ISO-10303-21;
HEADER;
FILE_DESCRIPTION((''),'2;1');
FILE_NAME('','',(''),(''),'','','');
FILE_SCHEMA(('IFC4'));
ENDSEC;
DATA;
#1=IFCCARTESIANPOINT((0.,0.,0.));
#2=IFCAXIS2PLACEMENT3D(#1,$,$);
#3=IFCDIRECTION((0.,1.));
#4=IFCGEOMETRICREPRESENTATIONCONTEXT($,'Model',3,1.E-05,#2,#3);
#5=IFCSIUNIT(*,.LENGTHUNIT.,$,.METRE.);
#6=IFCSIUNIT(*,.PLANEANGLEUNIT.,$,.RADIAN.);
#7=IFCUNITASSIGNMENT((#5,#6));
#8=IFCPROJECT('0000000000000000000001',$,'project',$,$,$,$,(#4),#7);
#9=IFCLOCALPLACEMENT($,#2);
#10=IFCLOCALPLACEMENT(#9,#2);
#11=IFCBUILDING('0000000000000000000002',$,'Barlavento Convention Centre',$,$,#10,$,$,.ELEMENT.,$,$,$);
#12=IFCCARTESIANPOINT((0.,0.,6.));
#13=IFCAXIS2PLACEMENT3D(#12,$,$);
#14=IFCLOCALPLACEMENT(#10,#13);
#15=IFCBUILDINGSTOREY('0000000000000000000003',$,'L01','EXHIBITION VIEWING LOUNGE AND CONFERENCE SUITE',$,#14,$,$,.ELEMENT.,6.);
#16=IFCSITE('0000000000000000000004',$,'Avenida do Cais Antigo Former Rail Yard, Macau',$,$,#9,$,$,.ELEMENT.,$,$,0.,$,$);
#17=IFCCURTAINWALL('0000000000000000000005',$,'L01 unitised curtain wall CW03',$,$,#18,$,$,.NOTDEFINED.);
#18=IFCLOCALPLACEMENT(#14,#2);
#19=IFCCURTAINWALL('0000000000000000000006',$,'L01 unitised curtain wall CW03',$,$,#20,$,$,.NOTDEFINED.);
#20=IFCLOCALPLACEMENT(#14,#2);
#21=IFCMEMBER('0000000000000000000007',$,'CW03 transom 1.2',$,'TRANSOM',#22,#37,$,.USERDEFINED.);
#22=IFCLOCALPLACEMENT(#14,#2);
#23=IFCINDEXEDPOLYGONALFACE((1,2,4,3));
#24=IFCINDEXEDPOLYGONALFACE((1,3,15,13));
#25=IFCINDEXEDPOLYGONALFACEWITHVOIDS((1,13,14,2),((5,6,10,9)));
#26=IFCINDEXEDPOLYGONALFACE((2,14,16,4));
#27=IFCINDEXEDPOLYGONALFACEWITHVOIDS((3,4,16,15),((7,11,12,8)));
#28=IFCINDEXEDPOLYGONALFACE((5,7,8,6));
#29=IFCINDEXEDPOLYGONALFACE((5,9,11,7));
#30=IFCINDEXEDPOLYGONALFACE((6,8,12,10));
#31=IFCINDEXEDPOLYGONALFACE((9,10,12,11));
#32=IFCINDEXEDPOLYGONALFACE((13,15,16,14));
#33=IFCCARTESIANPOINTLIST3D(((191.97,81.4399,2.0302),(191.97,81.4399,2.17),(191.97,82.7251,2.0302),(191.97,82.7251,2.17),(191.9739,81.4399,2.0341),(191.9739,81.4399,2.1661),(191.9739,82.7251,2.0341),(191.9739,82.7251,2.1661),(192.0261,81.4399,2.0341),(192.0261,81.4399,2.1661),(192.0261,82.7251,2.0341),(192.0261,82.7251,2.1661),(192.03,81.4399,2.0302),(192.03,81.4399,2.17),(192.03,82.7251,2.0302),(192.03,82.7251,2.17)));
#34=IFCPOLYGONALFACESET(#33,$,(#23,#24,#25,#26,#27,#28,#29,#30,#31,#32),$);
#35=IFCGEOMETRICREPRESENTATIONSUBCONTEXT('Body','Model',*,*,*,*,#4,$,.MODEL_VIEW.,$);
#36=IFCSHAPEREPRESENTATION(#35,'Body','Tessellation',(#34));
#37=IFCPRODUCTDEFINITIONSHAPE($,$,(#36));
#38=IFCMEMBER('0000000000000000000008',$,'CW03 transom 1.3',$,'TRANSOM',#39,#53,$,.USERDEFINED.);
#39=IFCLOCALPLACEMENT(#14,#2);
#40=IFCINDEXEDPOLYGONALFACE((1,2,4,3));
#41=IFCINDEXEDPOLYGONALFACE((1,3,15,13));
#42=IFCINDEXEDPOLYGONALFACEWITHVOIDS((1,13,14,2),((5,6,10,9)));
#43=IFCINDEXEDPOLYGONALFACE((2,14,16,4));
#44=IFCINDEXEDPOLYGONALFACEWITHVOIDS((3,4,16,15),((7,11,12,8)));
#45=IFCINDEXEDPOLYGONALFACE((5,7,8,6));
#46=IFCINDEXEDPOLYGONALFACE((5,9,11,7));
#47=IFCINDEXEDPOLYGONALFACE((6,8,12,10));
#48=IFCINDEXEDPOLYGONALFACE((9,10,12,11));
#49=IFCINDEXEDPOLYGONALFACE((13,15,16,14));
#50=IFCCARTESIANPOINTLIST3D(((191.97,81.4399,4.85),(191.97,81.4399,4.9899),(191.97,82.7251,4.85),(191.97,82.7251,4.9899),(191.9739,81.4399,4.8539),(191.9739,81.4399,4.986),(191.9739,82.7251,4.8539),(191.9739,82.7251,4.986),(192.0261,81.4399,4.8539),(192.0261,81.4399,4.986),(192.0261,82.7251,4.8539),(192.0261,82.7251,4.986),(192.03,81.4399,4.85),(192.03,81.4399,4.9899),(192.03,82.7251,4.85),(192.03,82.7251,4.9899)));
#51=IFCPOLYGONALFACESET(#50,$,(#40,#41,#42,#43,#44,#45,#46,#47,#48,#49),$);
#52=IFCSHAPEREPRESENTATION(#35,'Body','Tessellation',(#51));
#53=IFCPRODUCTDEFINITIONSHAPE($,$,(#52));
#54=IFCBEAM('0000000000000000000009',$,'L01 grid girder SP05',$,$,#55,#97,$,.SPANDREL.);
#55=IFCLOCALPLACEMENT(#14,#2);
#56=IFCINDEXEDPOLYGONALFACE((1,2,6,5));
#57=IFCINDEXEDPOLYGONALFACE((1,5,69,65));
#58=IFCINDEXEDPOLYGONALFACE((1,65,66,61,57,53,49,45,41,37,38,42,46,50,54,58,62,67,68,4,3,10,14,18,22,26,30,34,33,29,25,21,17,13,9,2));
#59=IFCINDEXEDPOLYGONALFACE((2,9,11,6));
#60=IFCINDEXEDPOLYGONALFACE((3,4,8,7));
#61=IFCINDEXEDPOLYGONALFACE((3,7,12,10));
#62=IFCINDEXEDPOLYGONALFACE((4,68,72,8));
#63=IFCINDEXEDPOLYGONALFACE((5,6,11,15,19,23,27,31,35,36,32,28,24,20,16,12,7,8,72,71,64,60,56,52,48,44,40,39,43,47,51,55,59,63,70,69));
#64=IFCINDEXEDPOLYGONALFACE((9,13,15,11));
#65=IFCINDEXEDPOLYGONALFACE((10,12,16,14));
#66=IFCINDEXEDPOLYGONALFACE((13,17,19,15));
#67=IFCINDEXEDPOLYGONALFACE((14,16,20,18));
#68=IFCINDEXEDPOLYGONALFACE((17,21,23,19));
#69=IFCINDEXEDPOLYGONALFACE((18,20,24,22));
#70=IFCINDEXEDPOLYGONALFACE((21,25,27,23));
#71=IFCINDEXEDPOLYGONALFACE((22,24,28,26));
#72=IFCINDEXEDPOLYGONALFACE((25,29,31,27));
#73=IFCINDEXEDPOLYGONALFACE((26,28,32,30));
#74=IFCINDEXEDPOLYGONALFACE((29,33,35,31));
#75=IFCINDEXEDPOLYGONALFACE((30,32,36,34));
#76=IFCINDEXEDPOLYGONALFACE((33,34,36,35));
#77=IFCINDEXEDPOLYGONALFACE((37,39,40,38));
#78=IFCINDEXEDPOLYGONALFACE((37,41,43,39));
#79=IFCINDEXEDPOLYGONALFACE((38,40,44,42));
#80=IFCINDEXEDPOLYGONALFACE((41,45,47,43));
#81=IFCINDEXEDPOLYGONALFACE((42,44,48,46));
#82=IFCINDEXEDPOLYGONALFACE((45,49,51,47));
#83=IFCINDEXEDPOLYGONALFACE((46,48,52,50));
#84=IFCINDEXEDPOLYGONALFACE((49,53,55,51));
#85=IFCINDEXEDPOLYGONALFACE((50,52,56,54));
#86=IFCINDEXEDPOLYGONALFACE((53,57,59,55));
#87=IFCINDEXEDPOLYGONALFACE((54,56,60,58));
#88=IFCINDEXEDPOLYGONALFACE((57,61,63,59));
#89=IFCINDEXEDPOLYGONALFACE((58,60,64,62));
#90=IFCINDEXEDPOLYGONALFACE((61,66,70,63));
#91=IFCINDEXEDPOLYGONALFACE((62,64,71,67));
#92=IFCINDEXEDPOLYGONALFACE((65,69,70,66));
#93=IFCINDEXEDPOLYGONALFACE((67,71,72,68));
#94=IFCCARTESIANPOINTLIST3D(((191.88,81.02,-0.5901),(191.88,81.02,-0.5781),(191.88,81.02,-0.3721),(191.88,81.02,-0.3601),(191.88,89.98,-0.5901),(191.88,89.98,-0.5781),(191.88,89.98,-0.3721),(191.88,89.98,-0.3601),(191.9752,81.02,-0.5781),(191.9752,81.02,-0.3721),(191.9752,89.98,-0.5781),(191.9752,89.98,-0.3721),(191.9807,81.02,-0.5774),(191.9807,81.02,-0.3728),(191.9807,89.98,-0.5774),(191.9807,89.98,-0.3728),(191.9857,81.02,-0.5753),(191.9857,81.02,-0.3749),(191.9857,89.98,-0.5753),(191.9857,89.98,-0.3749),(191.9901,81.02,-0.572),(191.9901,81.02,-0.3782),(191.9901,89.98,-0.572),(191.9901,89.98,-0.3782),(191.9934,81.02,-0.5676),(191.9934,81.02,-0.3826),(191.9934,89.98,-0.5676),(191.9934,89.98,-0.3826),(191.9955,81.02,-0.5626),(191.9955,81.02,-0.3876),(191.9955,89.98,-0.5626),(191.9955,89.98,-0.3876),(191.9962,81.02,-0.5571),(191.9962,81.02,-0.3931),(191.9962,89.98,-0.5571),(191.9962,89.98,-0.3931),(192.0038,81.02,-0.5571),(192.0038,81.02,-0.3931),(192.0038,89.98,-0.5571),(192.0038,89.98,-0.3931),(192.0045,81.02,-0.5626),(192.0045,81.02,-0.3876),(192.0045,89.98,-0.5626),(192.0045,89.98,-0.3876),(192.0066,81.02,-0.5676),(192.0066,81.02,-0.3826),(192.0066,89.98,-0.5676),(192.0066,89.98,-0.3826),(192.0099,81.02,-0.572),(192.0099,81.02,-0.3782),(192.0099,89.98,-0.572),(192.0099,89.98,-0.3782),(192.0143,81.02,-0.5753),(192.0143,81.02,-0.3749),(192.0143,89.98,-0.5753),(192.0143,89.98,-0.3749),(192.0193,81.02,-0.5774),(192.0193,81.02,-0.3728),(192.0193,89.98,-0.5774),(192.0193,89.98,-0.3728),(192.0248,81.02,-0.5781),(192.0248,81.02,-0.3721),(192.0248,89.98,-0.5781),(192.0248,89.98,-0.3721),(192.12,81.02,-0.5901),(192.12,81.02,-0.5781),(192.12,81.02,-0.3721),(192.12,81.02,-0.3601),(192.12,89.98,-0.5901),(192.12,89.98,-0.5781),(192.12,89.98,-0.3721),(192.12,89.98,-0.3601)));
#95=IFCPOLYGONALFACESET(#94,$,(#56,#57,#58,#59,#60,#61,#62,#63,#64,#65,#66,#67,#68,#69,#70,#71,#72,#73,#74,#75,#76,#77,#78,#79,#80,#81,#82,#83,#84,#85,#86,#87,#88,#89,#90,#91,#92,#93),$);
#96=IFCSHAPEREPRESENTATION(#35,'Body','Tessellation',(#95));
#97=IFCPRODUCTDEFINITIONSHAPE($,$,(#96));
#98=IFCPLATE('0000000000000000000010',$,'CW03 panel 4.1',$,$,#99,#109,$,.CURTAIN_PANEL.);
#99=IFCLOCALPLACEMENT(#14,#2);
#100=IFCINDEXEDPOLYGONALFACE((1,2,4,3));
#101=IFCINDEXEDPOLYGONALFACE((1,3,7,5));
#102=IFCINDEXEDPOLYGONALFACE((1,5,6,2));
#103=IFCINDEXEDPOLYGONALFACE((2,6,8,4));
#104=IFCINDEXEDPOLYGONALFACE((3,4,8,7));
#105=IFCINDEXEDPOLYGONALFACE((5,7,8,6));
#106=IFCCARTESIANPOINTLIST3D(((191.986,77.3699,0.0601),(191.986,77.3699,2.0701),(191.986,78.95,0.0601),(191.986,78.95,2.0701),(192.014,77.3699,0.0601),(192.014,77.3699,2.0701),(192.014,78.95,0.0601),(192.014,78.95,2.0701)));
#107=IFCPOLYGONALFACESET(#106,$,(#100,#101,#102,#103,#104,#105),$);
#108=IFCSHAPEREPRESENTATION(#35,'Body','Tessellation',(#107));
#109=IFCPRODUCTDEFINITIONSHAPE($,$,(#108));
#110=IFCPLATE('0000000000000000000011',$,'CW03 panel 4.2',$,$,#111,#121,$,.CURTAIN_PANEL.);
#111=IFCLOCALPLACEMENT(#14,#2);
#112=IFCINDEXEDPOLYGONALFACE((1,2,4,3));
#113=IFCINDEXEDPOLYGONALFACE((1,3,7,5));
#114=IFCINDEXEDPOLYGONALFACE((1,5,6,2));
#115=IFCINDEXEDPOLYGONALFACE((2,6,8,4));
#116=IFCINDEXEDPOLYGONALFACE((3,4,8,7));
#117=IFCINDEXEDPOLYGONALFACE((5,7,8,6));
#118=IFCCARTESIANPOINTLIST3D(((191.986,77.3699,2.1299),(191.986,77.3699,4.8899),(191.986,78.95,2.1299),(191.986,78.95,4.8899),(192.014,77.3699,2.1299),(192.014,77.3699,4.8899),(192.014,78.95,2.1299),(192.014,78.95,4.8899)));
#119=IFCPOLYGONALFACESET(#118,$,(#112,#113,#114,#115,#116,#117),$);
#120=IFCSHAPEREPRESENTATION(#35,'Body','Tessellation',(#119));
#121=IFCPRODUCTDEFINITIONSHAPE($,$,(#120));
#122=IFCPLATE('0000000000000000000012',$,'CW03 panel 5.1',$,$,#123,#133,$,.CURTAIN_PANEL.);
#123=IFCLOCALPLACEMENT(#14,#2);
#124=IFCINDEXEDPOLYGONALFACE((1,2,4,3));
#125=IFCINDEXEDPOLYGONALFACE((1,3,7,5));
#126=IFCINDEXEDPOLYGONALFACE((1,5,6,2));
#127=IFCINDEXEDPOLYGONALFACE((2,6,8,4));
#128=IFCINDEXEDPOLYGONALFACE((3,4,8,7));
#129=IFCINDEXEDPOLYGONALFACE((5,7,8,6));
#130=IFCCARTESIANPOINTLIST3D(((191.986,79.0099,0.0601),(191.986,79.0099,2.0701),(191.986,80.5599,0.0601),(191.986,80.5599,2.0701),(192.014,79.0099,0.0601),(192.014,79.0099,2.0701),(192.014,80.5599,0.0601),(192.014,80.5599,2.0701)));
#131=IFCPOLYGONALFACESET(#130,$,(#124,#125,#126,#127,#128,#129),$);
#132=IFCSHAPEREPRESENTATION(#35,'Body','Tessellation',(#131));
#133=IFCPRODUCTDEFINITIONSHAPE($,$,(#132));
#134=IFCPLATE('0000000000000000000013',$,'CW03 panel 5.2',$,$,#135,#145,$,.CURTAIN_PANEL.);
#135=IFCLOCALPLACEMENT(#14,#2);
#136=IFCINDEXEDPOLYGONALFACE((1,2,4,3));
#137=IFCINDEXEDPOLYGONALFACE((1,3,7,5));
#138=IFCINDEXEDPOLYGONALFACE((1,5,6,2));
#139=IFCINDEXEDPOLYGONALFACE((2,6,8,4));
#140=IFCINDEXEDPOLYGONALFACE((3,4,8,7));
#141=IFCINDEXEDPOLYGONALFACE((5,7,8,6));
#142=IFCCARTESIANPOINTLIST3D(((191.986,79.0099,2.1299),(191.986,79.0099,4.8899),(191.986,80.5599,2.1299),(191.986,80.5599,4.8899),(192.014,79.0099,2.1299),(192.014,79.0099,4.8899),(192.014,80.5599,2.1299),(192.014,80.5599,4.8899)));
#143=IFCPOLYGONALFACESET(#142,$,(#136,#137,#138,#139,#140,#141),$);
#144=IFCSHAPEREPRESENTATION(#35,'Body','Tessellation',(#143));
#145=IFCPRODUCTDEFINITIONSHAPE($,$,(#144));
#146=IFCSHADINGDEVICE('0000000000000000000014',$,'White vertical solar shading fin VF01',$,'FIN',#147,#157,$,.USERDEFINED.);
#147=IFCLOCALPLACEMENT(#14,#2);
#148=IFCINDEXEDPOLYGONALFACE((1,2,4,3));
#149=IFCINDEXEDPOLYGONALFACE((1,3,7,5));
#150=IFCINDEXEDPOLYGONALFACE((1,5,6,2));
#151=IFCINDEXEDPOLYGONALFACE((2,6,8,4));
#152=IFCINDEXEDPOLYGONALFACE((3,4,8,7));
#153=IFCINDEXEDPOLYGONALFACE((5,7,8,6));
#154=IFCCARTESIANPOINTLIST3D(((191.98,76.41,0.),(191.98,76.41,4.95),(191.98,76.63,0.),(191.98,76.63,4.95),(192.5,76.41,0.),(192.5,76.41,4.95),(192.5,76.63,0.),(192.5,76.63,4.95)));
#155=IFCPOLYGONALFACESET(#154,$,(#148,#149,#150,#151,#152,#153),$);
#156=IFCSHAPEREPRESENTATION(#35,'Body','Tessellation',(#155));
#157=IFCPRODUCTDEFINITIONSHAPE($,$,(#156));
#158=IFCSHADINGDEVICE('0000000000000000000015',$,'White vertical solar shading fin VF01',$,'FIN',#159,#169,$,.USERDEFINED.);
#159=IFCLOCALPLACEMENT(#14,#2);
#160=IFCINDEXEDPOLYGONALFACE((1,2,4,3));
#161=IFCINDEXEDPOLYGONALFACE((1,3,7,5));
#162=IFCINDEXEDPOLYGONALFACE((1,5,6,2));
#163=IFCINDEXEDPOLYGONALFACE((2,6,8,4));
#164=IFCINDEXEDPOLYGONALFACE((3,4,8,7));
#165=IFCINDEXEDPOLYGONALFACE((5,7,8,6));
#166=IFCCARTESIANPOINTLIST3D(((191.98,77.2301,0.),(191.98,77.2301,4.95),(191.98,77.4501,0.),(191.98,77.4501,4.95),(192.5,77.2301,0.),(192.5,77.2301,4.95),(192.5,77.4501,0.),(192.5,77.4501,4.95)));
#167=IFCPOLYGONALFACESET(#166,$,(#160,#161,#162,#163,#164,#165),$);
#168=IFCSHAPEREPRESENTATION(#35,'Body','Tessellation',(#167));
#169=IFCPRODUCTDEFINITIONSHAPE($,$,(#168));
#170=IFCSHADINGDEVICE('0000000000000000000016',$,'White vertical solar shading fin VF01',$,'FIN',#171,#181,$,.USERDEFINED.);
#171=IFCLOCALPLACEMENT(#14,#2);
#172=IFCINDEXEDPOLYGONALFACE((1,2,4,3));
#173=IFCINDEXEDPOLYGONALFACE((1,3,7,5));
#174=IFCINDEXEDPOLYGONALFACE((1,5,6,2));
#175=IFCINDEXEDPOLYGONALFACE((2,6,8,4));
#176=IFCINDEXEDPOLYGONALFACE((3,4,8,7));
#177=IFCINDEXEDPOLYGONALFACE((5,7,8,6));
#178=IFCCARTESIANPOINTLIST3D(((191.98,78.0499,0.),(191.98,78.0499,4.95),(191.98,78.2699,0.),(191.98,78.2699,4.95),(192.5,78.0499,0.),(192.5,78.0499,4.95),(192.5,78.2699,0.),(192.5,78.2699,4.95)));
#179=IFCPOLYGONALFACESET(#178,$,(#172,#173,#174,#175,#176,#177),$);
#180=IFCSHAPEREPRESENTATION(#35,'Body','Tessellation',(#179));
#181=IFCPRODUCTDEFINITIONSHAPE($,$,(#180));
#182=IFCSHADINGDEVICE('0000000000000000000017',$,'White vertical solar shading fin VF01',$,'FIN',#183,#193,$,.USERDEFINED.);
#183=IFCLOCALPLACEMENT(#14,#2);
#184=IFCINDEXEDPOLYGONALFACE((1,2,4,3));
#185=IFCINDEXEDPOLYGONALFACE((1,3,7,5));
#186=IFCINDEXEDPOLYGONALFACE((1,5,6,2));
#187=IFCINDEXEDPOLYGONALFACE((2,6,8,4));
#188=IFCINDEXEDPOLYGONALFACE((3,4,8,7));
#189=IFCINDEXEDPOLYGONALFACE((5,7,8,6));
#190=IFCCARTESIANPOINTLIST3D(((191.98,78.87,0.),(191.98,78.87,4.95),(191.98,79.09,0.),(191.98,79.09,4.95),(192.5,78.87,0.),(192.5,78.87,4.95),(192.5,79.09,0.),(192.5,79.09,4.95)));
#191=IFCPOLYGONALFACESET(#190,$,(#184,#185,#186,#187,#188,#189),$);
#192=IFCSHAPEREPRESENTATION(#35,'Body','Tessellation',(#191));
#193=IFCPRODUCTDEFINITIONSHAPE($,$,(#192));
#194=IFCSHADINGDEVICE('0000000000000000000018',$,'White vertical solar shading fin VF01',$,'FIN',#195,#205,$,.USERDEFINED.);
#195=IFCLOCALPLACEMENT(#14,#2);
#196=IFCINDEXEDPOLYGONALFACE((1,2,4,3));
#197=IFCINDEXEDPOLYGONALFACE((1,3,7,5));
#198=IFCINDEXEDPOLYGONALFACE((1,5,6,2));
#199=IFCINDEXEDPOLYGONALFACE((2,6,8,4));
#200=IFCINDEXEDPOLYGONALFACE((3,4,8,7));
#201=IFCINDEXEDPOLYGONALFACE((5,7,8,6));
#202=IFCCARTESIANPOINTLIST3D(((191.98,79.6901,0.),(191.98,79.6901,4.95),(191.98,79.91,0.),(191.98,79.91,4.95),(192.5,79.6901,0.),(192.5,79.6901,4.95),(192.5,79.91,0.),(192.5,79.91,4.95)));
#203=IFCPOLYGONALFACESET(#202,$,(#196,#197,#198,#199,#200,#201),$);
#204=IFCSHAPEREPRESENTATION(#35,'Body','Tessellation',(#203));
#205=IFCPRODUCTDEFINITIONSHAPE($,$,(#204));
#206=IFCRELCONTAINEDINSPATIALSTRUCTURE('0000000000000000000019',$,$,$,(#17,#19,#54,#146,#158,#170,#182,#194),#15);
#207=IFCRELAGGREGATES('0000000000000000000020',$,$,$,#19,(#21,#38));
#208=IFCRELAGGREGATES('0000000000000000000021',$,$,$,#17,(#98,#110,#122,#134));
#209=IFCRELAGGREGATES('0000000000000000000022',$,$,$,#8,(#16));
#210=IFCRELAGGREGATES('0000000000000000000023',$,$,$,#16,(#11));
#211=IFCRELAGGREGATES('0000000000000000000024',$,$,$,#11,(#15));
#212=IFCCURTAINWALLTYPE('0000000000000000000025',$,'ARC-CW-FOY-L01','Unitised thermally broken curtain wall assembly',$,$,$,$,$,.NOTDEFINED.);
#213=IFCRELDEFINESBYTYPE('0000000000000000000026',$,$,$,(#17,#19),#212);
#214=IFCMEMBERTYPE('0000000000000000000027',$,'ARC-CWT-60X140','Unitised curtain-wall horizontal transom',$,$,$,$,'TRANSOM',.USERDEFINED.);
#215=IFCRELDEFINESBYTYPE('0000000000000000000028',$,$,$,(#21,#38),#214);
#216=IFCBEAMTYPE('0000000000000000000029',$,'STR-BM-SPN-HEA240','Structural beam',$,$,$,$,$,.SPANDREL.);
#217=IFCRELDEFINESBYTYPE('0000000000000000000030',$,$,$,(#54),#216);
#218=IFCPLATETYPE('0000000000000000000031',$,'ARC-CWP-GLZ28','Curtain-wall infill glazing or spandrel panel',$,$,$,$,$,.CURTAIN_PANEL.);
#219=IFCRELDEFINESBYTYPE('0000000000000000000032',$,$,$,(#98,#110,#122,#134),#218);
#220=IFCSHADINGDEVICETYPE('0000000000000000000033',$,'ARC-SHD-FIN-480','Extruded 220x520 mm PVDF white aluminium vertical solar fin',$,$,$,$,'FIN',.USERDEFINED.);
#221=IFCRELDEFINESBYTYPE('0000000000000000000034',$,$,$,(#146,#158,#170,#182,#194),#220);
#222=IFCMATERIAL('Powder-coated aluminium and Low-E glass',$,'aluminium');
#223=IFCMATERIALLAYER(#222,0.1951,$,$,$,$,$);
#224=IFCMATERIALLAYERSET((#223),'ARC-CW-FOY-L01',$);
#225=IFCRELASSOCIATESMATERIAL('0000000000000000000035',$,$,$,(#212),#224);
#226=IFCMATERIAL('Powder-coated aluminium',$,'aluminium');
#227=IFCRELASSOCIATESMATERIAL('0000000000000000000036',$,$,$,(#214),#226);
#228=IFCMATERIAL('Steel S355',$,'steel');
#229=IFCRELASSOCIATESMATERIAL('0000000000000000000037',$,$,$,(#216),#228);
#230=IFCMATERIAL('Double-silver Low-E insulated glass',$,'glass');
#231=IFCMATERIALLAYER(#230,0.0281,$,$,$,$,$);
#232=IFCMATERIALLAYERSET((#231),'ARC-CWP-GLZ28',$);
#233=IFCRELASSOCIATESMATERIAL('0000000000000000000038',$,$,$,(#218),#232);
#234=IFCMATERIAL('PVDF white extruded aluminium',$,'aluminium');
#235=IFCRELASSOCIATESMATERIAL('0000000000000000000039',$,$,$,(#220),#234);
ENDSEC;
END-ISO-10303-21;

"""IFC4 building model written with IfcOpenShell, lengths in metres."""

from ifc_helpers import new_model, si_unit, direction, frame, origin, origin_2d, place, context, subcontext, project, spatial, rectangle, hollow_rectangle, i_section, extrude, material, layer, layer_set, material_profile, profile_set, type_object, element, aggregate, save


model = new_model("IFC4")

# Units and contexts
model_context = context("Model", 3, precision=1e-05, world=origin(), true_north=direction((0.0, 1.0)))
body_context = subcontext(model_context, "Body", "Model", "MODEL_VIEW")
ifc_project = project(units=[si_unit("LENGTHUNIT", "METRE"), si_unit("PLANEANGLEUNIT", "RADIAN")], contexts=[model_context])

# Site, building, storey
site_placement = place(None, origin())
site = spatial("IfcSite", under=ifc_project, at=site_placement, Name="Avenida do Cais Antigo Former Rail Yard, Macau", CompositionType="ELEMENT", RefElevation=0.0)
building_placement = place(site_placement, origin())
building = spatial("IfcBuilding", under=site, at=building_placement, Name="Barlavento Convention Centre", CompositionType="ELEMENT")
storey_placement = place(building_placement, frame((0.0, 0.0, 6.0)))
storey = spatial("IfcBuildingStorey", under=building, at=storey_placement, Name="L01", Description="EXHIBITION VIEWING LOUNGE AND CONFERENCE SUITE", CompositionType="ELEMENT", Elevation=6.0)

# Shared definitions
ifc_material_1 = material(Name="Steel S355", Category="steel")

# Curtain wall
ifc_material_2 = material(Name="Powder-coated aluminium and Low-E glass", Category="aluminium")
ifc_layer_1 = layer(ifc_material_2, 0.1951)
ifc_layer_set_1 = layer_set([ifc_layer_1], Name="ARC-CW-FOY-L01")
curtain_wall_type = type_object("IfcCurtainWallType", Name="ARC-CW-FOY-L01", Description="Unitised thermally broken curtain wall assembly", PredefinedType="NOTDEFINED", material=ifc_layer_set_1)
curtain_wall_1_placement = place(storey_placement, origin())
curtain_wall_1 = element("IfcCurtainWall", 1, at=curtain_wall_1_placement, inside=storey, type_object=curtain_wall_type, Name="L01 unitised curtain wall CW03", PredefinedType="NOTDEFINED")
ifc_material_3 = material(Name="Powder-coated aluminium", Category="aluminium")

# Curtain wall
curtain_wall_2_placement = place(storey_placement, origin())
curtain_wall_2 = element("IfcCurtainWall", 2, at=curtain_wall_2_placement, inside=storey, type_object=curtain_wall_type, Name="L01 unitised curtain wall CW03", PredefinedType="NOTDEFINED")

# Members
ifc_material_profile_1 = material_profile(ifc_material_3, hollow_rectangle(XDim=0.0601, YDim=0.1399, WallThickness=0.0039, at=origin_2d()), Name="AL-TRAN 60x140x4")
ifc_profile_set_1 = profile_set([ifc_material_profile_1], Name="Powder-coated aluminium")
member_type_1 = type_object("IfcMemberType", Name="ARC-CWT-60X140", Description="Unitised curtain-wall horizontal transom", ElementType="TRANSOM", PredefinedType="USERDEFINED", material=ifc_profile_set_1)
member_1_placement = place(storey_placement, frame((192.0, 81.4399, 2.1001), z_axis=(0.0, 1.0, 0.0), x_axis=(-1.0, 0.0, 0.0)))
member_1 = element("IfcMember", 3, at=member_1_placement, type_object=member_type_1, Name="CW03 transom 1.2", ObjectType="TRANSOM", PredefinedType="USERDEFINED", context=body_context, shape_type="SweptSolid", body=[
    extrude(hollow_rectangle(XDim=0.0601, YDim=0.1399, WallThickness=0.0039, at=origin_2d()), origin(), (0.0, 0.0, 1.0), 1.2852),
])
member_2_placement = place(storey_placement, frame((192.0, 81.4399, 4.9199), z_axis=(0.0, 1.0, 0.0), x_axis=(-1.0, 0.0, 0.0)))
member_2 = element("IfcMember", 4, at=member_2_placement, type_object=member_type_1, Name="CW03 transom 1.3", ObjectType="TRANSOM", PredefinedType="USERDEFINED", context=body_context, shape_type="SweptSolid", body=[
    extrude(hollow_rectangle(XDim=0.0601, YDim=0.1399, WallThickness=0.0039, at=origin_2d()), origin(), (0.0, 0.0, 1.0), 1.2852),
])
aggregate(curtain_wall_2, [member_1, member_2])

# Beam
ifc_material_profile_2 = material_profile(ifc_material_1, i_section(OverallWidth=0.24, OverallDepth=0.23, WebThickness=0.0076, FlangeThickness=0.012, FilletRadius=0.021, at=origin_2d()), Name="HEA 240")
ifc_profile_set_2 = profile_set([ifc_material_profile_2], Name="Steel S355")
beam_type = type_object("IfcBeamType", Name="STR-BM-SPN-HEA240", Description="Structural beam", PredefinedType="SPANDREL", material=ifc_profile_set_2)
beam_placement = place(storey_placement, frame((192.0, 81.02, -0.4751), z_axis=(0.0, 1.0, 0.0), x_axis=(-1.0, 0.0, 0.0)))
element("IfcBeam", 5, at=beam_placement, inside=storey, type_object=beam_type, Name="L01 grid girder SP05", PredefinedType="SPANDREL", context=body_context, shape_type="SweptSolid", body=[
    extrude(i_section(OverallWidth=0.24, OverallDepth=0.23, WebThickness=0.0076, FlangeThickness=0.012, FilletRadius=0.021, at=origin_2d()), origin(), (0.0, 0.0, 1.0), 8.96),
])

# Plates
ifc_material_4 = material(Name="Double-silver Low-E insulated glass", Category="glass")
ifc_layer_2 = layer(ifc_material_4, 0.0281)
ifc_layer_set_2 = layer_set([ifc_layer_2], Name="ARC-CWP-GLZ28")
plate_type = type_object("IfcPlateType", Name="ARC-CWP-GLZ28", Description="Curtain-wall infill glazing or spandrel panel", PredefinedType="CURTAIN_PANEL", material=ifc_layer_set_2)
plate_1_placement = place(storey_placement, frame((192.0, 78.1599, 0.0601), z_axis=(0.0, 0.0, 1.0), x_axis=(0.0, 1.0, 0.0)))
plate_1 = element("IfcPlate", 6, at=plate_1_placement, type_object=plate_type, Name="CW03 panel 4.1", PredefinedType="CURTAIN_PANEL", context=body_context, shape_type="SweptSolid", body=[
    extrude(rectangle(XDim=1.5801, YDim=0.0281, at=origin_2d()), origin(), (0.0, 0.0, 1.0), 2.01),
])
plate_2_placement = place(storey_placement, frame((192.0, 78.1599, 2.1299), z_axis=(0.0, 0.0, 1.0), x_axis=(0.0, 1.0, 0.0)))
plate_2 = element("IfcPlate", 7, at=plate_2_placement, type_object=plate_type, Name="CW03 panel 4.2", PredefinedType="CURTAIN_PANEL", context=body_context, shape_type="SweptSolid", body=[
    extrude(rectangle(XDim=1.5801, YDim=0.0281, at=origin_2d()), origin(), (0.0, 0.0, 1.0), 2.76),
])
plate_3_placement = place(storey_placement, frame((192.0, 79.7849, 0.0601), z_axis=(0.0, 0.0, 1.0), x_axis=(0.0, 1.0, 0.0)))
plate_3 = element("IfcPlate", 8, at=plate_3_placement, type_object=plate_type, Name="CW03 panel 5.1", PredefinedType="CURTAIN_PANEL", context=body_context, shape_type="SweptSolid", body=[
    extrude(rectangle(XDim=1.55, YDim=0.0281, at=origin_2d()), origin(), (0.0, 0.0, 1.0), 2.01),
])
plate_4_placement = place(storey_placement, frame((192.0, 79.7849, 2.1299), z_axis=(0.0, 0.0, 1.0), x_axis=(0.0, 1.0, 0.0)))
plate_4 = element("IfcPlate", 9, at=plate_4_placement, type_object=plate_type, Name="CW03 panel 5.2", PredefinedType="CURTAIN_PANEL", context=body_context, shape_type="SweptSolid", body=[
    extrude(rectangle(XDim=1.55, YDim=0.0281, at=origin_2d()), origin(), (0.0, 0.0, 1.0), 2.76),
])
aggregate(curtain_wall_1, [plate_1, plate_2, plate_3, plate_4])

# Shading devices
ifc_material_5 = material(Name="PVDF white extruded aluminium", Category="aluminium")
shading_device_type = type_object("IfcShadingDeviceType", Name="ARC-SHD-FIN-480", Description="Extruded 220x520 mm PVDF white aluminium vertical solar fin", ElementType="FIN", PredefinedType="USERDEFINED", material=ifc_material_5)
for number, where, z_axis, x_axis, name in (
    (10, (192.24, 76.52, 0.0), (0.0, 0.0, 1.0), (0.0, 1.0, 0.0), "White vertical solar shading fin VF01"),
    (11, (192.24, 77.3401, 0.0), (0.0, 0.0, 1.0), (0.0, 1.0, 0.0), "White vertical solar shading fin VF01"),
    (12, (192.24, 78.1599, 0.0), (0.0, 0.0, 1.0), (0.0, 1.0, 0.0), "White vertical solar shading fin VF01"),
    (13, (192.24, 78.98, 0.0), (0.0, 0.0, 1.0), (0.0, 1.0, 0.0), "White vertical solar shading fin VF01"),
    (14, (192.24, 79.8, 0.0), (0.0, 0.0, 1.0), (0.0, 1.0, 0.0), "White vertical solar shading fin VF01"),
):
    element("IfcShadingDevice", number, at=place(storey_placement, frame(where, z_axis=z_axis, x_axis=x_axis)), inside=storey, type_object=shading_device_type, Name=name, ObjectType="FIN", PredefinedType="USERDEFINED", context=body_context, shape_type="SweptSolid", body=[
        extrude(rectangle(XDim=0.22, YDim=0.52, at=origin_2d()), origin(), (0.0, 0.0, 1.0), 4.95),
    ])

save(model, "model.ifc")
